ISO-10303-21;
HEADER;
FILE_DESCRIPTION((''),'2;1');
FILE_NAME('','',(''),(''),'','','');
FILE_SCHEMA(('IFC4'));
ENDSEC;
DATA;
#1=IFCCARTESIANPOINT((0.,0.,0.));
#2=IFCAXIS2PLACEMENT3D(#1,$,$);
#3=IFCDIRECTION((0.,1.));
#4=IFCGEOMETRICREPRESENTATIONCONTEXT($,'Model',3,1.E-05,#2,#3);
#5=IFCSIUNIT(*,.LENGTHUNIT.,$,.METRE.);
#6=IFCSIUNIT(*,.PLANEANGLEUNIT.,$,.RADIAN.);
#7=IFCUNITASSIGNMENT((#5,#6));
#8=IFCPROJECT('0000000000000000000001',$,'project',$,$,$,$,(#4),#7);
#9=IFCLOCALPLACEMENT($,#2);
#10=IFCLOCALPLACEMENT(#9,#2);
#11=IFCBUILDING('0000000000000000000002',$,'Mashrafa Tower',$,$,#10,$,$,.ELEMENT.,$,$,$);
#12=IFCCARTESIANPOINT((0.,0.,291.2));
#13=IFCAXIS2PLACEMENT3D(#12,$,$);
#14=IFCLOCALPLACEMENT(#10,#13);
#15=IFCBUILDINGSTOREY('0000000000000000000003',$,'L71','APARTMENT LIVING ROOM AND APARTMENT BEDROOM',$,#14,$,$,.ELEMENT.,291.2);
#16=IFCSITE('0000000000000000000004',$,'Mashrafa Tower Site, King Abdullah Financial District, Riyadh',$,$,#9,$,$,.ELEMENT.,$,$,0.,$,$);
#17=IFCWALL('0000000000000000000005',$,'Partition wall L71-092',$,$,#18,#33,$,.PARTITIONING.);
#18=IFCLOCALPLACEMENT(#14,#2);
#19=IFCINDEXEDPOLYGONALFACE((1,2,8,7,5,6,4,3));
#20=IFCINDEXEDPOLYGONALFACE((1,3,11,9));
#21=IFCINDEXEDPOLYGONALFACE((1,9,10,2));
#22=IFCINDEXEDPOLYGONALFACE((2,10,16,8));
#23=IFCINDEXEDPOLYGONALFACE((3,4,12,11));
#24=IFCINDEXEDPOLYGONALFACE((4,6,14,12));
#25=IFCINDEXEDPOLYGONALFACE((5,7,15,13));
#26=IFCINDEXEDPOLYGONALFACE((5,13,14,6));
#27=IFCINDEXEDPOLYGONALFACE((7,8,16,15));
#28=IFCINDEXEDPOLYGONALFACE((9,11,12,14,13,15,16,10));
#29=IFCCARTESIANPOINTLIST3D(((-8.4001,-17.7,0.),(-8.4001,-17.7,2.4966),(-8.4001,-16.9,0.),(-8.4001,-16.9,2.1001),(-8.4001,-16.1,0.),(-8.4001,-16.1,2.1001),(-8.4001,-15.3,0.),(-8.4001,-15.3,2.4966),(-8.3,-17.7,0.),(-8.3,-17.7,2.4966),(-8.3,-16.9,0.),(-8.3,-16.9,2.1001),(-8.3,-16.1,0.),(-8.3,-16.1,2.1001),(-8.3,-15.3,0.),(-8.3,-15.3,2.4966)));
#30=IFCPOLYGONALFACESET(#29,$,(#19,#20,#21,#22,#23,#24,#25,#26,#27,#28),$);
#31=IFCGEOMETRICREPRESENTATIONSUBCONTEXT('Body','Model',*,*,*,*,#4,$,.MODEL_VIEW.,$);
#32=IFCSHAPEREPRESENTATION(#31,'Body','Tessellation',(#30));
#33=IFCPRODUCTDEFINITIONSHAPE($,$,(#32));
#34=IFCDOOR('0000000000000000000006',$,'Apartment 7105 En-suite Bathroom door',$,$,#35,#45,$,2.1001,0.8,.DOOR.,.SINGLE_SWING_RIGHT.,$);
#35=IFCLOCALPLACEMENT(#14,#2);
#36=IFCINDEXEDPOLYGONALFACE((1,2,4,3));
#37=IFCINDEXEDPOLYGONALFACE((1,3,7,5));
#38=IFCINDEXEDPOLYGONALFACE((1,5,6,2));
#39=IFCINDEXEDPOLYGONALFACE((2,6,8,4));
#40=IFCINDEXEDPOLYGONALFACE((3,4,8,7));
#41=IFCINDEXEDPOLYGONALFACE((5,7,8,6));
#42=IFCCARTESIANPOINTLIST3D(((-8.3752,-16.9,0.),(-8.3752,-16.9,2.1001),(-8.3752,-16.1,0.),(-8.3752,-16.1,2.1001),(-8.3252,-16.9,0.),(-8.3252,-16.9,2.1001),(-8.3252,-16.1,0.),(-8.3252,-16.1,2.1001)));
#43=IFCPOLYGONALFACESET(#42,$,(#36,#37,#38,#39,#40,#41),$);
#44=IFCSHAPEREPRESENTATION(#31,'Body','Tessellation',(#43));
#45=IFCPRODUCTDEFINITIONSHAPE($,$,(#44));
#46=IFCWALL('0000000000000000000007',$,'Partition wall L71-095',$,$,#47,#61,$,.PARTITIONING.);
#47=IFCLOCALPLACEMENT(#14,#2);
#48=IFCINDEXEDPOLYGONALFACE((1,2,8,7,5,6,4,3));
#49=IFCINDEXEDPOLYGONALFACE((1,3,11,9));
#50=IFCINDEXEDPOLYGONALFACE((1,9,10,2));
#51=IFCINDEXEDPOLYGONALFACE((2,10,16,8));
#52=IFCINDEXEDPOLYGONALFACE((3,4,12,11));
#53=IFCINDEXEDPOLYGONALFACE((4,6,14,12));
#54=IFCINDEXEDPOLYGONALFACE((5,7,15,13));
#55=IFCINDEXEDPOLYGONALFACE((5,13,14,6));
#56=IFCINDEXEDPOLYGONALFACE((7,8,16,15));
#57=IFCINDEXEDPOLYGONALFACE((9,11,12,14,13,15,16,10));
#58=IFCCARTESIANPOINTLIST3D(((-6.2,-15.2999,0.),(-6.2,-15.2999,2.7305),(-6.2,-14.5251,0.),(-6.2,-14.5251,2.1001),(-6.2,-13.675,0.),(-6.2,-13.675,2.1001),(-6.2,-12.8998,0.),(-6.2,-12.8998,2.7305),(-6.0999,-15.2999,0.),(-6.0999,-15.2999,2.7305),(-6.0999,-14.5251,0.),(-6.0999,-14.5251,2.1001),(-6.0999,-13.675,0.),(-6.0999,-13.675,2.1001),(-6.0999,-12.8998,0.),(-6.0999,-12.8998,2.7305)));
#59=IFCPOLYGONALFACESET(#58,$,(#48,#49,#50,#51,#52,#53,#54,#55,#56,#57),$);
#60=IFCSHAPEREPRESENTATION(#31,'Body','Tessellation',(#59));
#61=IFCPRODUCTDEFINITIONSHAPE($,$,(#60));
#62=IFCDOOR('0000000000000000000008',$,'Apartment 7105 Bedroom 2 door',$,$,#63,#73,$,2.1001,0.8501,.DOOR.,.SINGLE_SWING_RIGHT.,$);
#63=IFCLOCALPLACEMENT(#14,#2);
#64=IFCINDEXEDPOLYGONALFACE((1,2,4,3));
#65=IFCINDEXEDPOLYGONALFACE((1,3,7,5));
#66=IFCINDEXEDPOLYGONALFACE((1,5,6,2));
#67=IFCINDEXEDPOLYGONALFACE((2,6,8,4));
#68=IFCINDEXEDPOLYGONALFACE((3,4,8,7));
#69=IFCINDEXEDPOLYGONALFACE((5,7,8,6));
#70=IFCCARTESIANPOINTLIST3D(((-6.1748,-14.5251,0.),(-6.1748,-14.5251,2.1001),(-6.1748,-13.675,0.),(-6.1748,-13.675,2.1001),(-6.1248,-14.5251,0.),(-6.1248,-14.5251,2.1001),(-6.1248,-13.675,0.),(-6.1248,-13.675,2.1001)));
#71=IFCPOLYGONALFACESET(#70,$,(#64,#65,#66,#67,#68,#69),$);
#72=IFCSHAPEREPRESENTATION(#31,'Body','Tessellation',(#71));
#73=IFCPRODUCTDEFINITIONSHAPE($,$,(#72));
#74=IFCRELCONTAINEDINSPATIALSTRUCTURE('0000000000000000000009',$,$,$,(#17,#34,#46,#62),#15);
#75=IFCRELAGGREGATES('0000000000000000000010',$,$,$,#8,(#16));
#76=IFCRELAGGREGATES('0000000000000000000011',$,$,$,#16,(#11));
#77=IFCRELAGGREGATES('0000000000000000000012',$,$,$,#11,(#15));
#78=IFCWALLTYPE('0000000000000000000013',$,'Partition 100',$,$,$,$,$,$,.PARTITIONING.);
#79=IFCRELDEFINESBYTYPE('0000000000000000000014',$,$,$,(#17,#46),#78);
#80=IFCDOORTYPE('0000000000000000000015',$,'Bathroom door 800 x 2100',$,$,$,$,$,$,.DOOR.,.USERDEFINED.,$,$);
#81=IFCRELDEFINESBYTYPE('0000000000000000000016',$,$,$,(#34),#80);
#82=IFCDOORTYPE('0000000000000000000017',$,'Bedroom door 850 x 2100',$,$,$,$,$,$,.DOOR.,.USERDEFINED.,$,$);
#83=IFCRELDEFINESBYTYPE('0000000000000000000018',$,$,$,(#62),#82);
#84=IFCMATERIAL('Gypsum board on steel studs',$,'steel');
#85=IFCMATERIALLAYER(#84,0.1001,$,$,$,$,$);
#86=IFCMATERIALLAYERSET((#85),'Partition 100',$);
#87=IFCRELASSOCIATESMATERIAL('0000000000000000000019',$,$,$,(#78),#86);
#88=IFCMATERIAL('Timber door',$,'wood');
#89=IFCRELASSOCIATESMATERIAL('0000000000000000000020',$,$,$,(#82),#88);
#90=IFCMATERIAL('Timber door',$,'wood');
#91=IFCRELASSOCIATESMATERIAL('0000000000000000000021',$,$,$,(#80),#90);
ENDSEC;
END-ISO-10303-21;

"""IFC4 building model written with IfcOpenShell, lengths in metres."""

from ifc_helpers import new_model, si_unit, direction, frame, frame_2d, origin, place, context, subcontext, project, spatial, rectangle, extrude, material, layer, layer_set, type_object, element, fill, save


model = new_model("IFC4")

# Units and contexts
model_context = context("Model", 3, precision=1e-05, world=origin(), true_north=direction((0.0, 1.0)))
body_context = subcontext(model_context, "Body", "Model", "MODEL_VIEW")
ifc_project = project(units=[si_unit("LENGTHUNIT", "METRE"), si_unit("PLANEANGLEUNIT", "RADIAN")], contexts=[model_context])

# Site, building, storey
site_placement = place(None, origin())
site = spatial("IfcSite", under=ifc_project, at=site_placement, Name="Mashrafa Tower Site, King Abdullah Financial District, Riyadh", CompositionType="ELEMENT", RefElevation=0.0)
building_placement = place(site_placement, origin())
building = spatial("IfcBuilding", under=site, at=building_placement, Name="Mashrafa Tower", CompositionType="ELEMENT")
storey_placement = place(building_placement, frame((0.0, 0.0, 291.2)))
storey = spatial("IfcBuildingStorey", under=building, at=storey_placement, Name="L71", Description="APARTMENT LIVING ROOM AND APARTMENT BEDROOM", CompositionType="ELEMENT", Elevation=291.2)

# Shared definitions
ifc_material_1 = material(Name="Gypsum board on steel studs", Category="steel")
ifc_layer_1 = layer(ifc_material_1, 0.1001)
ifc_layer_set_1 = layer_set([ifc_layer_1], Name="Partition 100")
wall_type_1 = type_object("IfcWallType", Name="Partition 100", PredefinedType="PARTITIONING", material=ifc_layer_set_1)

# Walls, openings, doors
ifc_material_2 = material(Name="Timber door", Category="wood")
door_type_1 = type_object("IfcDoorType", Name="Bedroom door 850 x 2100", OperationType="USERDEFINED", PredefinedType="DOOR", material=ifc_material_2)
wall_1_placement = place(storey_placement, frame((-8.3501, -15.3, 0.0), z_axis=(0.0, 0.0, 1.0), x_axis=(0.0, -1.0, 0.0)))
wall_1 = element("IfcWall", 1, at=wall_1_placement, inside=storey, type_object=wall_type_1, Name="Partition wall L71-092", PredefinedType="PARTITIONING", context=body_context, shape_type="SweptSolid", body=[
    extrude(rectangle(XDim=2.3999, YDim=0.1001, at=frame_2d((1.2, 0.0))), origin(), (0.0, 0.0, 1.0), 2.4966),
])
opening_1_placement = place(wall_1_placement, frame((0.8, 0.0, 0.0)))
opening_1 = element("IfcOpeningElement", 2, at=opening_1_placement, cuts=wall_1, PredefinedType="OPENING", context=body_context, shape_type="SweptSolid", body=[
    extrude(rectangle(XDim=0.8, YDim=2.1001, at=frame_2d((0.3999, 1.05))), frame((0.0, 0.0601, 0.0), z_axis=(0.0, -1.0, 0.0), x_axis=(1.0, 0.0, 0.0)), (0.0, 0.0, 1.0), 0.1201),
])
ifc_material_3 = material(Name="Timber door", Category="wood")
door_type_2 = type_object("IfcDoorType", Name="Bathroom door 800 x 2100", OperationType="USERDEFINED", PredefinedType="DOOR", material=ifc_material_3)
door_1_placement = place(opening_1_placement, origin())
door_1 = element("IfcDoor", 3, at=door_1_placement, inside=storey, type_object=door_type_2, Name="Apartment 7105 En-suite Bathroom door", OperationType="SINGLE_SWING_RIGHT", OverallHeight=2.1001, OverallWidth=0.8, PredefinedType="DOOR", context=body_context, shape_type="SweptSolid", body=[
    extrude(rectangle(XDim=0.8, YDim=2.1001, at=frame_2d((0.3999, 1.05))), frame((0.0, 0.0249, 0.0), z_axis=(0.0, -1.0, 0.0), x_axis=(1.0, 0.0, 0.0)), (0.0, 0.0, 1.0), 0.05),
])
fill(opening_1, door_1)
wall_2_placement = place(storey_placement, frame((-6.1499, -15.3, 0.0), z_axis=(0.0, 0.0, 1.0), x_axis=(0.0, 1.0, 0.0)))
wall_2 = element("IfcWall", 4, at=wall_2_placement, inside=storey, type_object=wall_type_1, Name="Partition wall L71-095", PredefinedType="PARTITIONING", context=body_context, shape_type="SweptSolid", body=[
    extrude(rectangle(XDim=2.4001, YDim=0.1001, at=frame_2d((1.2002, 0.0))), origin(), (0.0, 0.0, 1.0), 2.7305),
])
opening_2_placement = place(wall_2_placement, frame((0.7749, 0.0, 0.0)))
opening_2 = element("IfcOpeningElement", 5, at=opening_2_placement, cuts=wall_2, PredefinedType="OPENING", context=body_context, shape_type="SweptSolid", body=[
    extrude(rectangle(XDim=0.8501, YDim=2.1001, at=frame_2d((0.425, 1.05))), frame((0.0, 0.0601, 0.0), z_axis=(0.0, -1.0, 0.0), x_axis=(1.0, 0.0, 0.0)), (0.0, 0.0, 1.0), 0.1201),
])
door_2_placement = place(opening_2_placement, origin())
door_2 = element("IfcDoor", 6, at=door_2_placement, inside=storey, type_object=door_type_1, Name="Apartment 7105 Bedroom 2 door", OperationType="SINGLE_SWING_RIGHT", OverallHeight=2.1001, OverallWidth=0.8501, PredefinedType="DOOR", context=body_context, shape_type="SweptSolid", body=[
    extrude(rectangle(XDim=0.8501, YDim=2.1001, at=frame_2d((0.425, 1.05))), frame((0.0, 0.0249, 0.0), z_axis=(0.0, -1.0, 0.0), x_axis=(1.0, 0.0, 0.0)), (0.0, 0.0, 1.0), 0.05),
])
fill(opening_2, door_2)

save(model, "model.ifc")
